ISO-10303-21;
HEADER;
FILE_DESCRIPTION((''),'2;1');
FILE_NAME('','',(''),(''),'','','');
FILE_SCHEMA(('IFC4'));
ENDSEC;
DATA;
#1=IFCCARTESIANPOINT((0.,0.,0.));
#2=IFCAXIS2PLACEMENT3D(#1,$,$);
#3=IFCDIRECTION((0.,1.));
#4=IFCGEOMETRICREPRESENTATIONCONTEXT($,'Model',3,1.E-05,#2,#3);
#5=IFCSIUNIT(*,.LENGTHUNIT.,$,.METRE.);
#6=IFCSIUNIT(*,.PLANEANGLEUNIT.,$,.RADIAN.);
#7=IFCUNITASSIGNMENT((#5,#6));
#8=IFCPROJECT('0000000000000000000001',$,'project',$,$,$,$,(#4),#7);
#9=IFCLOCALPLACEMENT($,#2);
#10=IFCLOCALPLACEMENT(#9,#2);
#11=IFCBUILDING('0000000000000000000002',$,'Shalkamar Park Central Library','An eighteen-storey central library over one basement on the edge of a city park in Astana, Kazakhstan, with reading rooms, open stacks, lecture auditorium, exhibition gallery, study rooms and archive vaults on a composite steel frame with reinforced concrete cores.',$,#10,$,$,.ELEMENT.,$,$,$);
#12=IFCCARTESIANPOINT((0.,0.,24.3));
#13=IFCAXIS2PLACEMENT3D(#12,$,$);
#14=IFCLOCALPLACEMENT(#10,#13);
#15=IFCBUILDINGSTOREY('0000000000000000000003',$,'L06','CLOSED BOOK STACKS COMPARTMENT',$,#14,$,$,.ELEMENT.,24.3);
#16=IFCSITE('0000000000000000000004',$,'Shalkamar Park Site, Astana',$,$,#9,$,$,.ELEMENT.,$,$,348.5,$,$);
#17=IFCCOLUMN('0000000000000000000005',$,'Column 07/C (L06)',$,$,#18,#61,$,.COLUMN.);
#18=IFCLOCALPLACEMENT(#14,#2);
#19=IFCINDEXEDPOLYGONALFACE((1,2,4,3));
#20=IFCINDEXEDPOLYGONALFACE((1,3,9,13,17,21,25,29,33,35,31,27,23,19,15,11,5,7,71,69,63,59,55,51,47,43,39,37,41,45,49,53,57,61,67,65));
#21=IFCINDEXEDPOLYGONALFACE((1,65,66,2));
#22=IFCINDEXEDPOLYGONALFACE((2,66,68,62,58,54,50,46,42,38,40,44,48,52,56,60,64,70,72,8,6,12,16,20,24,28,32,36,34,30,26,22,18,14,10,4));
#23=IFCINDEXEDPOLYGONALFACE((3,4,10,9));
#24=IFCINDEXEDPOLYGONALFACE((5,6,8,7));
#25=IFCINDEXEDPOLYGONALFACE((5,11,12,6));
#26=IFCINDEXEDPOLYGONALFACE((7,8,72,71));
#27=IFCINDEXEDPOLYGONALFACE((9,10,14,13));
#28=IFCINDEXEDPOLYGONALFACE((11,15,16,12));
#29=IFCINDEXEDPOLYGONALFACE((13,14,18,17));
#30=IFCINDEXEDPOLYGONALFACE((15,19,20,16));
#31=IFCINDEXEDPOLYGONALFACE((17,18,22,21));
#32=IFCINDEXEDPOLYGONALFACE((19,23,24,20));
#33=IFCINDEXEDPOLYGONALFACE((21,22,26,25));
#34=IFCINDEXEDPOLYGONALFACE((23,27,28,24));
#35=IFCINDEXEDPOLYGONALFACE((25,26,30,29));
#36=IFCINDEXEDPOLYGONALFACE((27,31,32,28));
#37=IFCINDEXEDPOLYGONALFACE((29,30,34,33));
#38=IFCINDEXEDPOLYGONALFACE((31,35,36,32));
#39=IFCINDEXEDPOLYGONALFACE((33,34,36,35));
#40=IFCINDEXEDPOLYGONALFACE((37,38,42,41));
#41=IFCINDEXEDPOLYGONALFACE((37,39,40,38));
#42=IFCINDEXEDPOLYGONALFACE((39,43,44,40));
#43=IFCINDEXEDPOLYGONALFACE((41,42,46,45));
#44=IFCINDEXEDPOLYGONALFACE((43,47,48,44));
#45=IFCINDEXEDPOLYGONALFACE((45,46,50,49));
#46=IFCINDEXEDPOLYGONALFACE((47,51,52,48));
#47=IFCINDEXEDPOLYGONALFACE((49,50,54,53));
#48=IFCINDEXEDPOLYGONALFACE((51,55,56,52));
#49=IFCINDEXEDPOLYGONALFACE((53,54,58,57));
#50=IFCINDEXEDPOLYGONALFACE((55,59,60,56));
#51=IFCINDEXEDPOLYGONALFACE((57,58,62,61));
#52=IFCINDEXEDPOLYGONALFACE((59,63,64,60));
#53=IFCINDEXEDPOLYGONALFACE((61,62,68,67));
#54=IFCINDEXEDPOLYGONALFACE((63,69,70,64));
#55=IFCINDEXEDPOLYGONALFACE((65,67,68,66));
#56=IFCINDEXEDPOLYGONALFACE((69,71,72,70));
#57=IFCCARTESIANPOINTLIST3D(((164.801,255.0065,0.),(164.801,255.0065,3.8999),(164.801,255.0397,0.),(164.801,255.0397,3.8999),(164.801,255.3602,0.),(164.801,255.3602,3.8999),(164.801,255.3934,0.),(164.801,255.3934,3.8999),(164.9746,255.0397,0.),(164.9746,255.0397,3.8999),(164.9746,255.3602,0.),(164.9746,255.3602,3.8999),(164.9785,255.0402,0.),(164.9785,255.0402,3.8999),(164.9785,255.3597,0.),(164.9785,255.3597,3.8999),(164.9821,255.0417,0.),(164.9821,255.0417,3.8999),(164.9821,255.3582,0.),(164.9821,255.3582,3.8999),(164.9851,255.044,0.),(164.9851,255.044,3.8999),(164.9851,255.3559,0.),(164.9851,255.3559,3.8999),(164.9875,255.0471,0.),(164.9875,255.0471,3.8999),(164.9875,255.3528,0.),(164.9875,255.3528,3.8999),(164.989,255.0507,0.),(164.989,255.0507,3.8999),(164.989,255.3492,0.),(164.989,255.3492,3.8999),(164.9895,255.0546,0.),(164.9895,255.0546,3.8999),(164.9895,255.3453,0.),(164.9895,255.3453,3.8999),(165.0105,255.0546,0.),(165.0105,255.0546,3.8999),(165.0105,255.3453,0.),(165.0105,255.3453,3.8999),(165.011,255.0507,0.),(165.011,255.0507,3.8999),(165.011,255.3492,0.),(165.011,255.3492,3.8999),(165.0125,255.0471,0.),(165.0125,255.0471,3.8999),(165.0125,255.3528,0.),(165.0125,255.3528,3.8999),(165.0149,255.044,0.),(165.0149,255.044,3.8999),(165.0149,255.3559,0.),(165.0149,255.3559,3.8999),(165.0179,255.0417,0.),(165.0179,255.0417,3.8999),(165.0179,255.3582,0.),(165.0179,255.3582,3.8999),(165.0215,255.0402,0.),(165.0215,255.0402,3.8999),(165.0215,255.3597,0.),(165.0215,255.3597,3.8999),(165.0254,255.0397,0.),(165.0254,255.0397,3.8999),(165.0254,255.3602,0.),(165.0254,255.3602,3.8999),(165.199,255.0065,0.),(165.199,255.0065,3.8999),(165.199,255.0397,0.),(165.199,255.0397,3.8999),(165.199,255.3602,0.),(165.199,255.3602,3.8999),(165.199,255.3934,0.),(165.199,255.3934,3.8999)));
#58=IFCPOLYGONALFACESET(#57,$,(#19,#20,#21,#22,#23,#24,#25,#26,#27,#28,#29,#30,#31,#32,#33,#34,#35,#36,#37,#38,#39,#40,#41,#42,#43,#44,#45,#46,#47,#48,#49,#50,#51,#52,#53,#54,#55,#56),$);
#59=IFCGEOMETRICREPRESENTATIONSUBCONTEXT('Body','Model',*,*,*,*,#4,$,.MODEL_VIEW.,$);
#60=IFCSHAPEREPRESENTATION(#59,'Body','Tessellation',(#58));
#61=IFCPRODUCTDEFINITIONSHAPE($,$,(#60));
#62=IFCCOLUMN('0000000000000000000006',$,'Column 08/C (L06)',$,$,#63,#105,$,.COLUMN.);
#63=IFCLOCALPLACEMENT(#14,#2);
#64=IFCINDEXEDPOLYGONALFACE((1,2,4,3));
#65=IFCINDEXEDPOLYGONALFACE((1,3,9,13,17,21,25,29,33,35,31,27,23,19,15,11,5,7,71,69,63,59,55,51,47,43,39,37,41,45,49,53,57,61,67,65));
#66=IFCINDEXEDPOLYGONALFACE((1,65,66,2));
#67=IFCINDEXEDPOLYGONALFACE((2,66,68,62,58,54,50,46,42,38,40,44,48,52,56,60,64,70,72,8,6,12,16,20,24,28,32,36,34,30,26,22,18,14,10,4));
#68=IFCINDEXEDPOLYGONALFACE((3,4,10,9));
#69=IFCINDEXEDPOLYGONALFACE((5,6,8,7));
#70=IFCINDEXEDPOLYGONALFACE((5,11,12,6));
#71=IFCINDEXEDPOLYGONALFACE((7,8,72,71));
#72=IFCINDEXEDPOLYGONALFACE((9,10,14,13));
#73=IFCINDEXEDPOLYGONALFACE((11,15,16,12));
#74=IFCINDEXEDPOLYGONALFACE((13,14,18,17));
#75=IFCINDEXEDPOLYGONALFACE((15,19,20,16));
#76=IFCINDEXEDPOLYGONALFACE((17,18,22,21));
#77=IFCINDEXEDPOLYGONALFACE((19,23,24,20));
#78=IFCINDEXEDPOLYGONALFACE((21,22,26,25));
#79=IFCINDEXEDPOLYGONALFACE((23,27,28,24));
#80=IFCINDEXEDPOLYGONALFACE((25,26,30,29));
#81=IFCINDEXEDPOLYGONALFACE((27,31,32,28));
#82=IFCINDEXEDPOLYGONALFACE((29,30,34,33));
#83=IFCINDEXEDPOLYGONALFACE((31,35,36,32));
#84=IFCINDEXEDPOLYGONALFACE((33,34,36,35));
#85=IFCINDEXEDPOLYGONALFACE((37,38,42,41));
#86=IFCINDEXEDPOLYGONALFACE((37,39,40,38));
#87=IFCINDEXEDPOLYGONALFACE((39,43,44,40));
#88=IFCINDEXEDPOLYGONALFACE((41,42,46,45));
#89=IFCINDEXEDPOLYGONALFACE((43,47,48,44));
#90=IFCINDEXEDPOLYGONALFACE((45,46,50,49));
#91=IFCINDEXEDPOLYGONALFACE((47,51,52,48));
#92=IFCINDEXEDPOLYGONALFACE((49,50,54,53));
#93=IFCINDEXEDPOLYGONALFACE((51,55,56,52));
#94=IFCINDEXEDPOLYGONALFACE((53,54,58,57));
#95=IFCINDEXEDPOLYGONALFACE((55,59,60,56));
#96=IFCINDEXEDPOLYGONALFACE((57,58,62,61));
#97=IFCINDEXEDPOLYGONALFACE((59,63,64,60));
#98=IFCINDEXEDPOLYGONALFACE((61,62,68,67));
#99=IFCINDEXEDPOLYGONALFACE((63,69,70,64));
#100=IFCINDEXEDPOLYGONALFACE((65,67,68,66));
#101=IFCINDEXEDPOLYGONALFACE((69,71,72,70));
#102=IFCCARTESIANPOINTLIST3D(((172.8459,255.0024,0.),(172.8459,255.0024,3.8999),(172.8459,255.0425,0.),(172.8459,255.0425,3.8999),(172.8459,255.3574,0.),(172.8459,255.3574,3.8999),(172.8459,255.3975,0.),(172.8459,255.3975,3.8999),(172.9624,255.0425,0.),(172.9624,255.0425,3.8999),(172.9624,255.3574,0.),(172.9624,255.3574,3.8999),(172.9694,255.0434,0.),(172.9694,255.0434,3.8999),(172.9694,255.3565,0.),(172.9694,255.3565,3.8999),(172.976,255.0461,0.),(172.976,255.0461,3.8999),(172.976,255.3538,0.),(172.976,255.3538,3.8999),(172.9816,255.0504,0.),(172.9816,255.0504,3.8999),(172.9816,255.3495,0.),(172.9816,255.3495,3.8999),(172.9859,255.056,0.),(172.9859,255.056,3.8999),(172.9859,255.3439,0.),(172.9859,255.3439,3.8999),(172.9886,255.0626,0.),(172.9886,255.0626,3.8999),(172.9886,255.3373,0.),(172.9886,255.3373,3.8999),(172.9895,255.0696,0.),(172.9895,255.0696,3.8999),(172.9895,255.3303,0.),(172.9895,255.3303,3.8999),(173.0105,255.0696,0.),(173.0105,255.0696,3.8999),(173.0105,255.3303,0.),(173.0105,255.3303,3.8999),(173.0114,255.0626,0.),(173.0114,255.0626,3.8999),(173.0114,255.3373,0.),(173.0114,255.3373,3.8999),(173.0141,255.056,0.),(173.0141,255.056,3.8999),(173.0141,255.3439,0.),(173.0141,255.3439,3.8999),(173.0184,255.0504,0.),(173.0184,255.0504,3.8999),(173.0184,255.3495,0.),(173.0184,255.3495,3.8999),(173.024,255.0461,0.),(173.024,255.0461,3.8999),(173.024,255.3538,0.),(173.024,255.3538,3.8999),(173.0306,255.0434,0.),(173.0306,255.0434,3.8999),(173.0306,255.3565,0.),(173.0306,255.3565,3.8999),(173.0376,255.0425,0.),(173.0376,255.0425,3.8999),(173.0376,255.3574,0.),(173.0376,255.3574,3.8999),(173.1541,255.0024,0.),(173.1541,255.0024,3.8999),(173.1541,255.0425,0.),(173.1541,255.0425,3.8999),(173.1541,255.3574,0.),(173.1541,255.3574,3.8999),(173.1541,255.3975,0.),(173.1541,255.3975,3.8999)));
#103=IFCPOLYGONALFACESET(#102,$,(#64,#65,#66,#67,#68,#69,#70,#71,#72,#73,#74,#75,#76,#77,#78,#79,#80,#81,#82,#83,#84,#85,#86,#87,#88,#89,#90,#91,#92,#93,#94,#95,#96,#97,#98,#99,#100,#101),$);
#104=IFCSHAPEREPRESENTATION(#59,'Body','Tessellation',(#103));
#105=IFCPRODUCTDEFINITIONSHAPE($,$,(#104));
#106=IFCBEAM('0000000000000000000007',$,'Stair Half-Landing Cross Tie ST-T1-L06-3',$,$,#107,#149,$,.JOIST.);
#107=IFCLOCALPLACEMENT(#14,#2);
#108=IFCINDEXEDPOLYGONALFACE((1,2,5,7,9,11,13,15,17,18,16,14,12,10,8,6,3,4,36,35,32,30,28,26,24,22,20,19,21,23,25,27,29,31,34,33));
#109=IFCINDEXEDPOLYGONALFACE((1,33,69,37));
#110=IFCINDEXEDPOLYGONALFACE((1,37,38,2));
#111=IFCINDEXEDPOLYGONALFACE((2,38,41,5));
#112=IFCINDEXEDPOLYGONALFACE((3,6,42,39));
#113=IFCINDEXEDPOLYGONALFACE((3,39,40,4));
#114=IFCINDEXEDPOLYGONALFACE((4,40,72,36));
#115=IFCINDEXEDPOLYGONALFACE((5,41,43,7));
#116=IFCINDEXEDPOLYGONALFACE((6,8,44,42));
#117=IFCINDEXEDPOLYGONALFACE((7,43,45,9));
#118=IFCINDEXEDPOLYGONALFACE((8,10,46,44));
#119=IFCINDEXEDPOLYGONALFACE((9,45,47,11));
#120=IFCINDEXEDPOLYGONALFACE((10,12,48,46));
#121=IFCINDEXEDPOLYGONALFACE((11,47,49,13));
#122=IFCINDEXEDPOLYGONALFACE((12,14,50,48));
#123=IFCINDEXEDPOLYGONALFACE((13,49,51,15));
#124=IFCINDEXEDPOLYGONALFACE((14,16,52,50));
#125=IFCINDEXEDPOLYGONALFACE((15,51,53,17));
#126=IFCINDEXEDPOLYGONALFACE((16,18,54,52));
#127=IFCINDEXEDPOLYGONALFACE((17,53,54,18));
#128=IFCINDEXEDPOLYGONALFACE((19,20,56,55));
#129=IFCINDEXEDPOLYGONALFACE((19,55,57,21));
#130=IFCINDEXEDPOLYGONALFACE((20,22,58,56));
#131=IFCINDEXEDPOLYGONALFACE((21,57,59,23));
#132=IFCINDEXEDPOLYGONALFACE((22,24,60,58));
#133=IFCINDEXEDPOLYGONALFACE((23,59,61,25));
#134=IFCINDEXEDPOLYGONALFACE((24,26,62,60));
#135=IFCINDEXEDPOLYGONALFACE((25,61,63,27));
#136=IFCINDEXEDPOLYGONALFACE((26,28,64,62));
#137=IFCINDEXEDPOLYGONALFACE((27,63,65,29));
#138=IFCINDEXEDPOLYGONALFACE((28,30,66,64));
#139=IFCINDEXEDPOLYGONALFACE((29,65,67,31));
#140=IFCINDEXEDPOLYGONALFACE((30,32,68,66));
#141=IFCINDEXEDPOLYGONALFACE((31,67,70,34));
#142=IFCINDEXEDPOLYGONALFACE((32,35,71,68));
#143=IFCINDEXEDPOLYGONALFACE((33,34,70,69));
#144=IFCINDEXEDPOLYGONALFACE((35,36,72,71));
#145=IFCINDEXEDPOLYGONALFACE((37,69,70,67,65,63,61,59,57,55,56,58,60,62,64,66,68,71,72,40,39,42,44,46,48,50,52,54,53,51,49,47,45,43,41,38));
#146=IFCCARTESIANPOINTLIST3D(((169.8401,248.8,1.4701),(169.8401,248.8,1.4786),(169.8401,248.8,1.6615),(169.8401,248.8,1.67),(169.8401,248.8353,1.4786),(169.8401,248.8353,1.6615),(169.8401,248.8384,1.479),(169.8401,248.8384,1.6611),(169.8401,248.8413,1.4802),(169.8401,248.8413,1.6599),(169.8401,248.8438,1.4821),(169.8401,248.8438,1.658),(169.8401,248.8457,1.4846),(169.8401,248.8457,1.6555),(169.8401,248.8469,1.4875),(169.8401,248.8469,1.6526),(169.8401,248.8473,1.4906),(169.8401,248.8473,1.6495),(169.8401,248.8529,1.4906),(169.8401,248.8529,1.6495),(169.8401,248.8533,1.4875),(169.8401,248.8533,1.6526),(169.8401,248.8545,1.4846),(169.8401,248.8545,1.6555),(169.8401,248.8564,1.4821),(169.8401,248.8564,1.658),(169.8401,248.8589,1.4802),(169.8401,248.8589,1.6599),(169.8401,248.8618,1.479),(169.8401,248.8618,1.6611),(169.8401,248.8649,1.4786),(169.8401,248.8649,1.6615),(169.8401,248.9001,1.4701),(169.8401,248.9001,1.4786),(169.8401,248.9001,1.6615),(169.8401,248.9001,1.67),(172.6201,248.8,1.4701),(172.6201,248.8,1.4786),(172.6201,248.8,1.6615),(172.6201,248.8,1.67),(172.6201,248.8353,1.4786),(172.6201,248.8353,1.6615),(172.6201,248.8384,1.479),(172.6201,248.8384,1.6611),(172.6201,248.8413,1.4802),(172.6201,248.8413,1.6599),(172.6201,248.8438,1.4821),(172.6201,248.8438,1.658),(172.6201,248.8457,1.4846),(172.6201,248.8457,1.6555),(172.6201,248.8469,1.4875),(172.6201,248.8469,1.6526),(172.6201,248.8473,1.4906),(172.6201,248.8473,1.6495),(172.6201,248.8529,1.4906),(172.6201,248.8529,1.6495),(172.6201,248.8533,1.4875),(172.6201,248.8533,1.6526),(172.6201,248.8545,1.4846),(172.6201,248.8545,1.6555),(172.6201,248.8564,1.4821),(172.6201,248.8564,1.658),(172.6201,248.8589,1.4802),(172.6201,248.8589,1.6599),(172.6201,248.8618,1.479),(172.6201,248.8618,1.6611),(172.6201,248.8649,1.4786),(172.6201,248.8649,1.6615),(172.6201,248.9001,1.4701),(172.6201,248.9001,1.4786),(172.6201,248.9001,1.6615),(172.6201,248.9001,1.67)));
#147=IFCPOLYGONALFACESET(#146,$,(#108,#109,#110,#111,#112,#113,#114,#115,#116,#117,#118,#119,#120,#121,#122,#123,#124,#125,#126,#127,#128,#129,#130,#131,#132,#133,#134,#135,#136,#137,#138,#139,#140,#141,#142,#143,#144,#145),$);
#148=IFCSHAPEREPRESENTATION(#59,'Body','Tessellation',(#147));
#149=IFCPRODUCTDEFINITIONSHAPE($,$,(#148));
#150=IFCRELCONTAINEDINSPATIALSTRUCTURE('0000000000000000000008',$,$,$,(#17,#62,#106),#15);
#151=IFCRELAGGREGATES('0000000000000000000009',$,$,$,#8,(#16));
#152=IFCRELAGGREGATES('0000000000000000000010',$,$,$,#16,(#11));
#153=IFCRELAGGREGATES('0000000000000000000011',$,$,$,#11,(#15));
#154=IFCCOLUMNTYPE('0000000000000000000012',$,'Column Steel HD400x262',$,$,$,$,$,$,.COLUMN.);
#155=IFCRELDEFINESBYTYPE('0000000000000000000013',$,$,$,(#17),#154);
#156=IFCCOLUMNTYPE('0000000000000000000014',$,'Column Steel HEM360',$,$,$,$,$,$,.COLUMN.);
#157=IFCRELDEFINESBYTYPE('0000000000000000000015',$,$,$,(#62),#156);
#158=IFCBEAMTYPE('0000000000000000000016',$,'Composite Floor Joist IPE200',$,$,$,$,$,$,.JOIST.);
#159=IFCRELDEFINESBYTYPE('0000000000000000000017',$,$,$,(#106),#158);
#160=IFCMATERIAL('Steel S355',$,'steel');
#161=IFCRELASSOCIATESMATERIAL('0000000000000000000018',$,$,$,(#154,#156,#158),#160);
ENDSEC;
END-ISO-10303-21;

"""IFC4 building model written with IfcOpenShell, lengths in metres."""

from ifc_helpers import new_model, si_unit, direction, frame, origin, origin_2d, place, context, subcontext, project, spatial, i_section, extrude, material, material_profile, profile_set, type_object, element, save


model = new_model("IFC4")

# Units and contexts
model_context = context("Model", 3, precision=1e-05, world=origin(), true_north=direction((0.0, 1.0)))
body_context = subcontext(model_context, "Body", "Model", "MODEL_VIEW")
ifc_project = project(units=[si_unit("LENGTHUNIT", "METRE"), si_unit("PLANEANGLEUNIT", "RADIAN")], contexts=[model_context])

# Site, building, storey
site_placement = place(None, origin())
site = spatial("IfcSite", under=ifc_project, at=site_placement, Name="Shalkamar Park Site, Astana", CompositionType="ELEMENT", RefElevation=348.5)
building_placement = place(site_placement, origin())
building = spatial("IfcBuilding", under=site, at=building_placement, Name="Shalkamar Park Central Library", Description="An eighteen-storey central library over one basement on the edge of a city park in Astana, Kazakhstan, with reading rooms, open stacks, lecture auditorium, exhibition gallery, study rooms and archive vaults on a composite steel frame with reinforced concrete cores.", CompositionType="ELEMENT")
storey_placement = place(building_placement, frame((0.0, 0.0, 24.3)))
storey = spatial("IfcBuildingStorey", under=building, at=storey_placement, Name="L06", Description="CLOSED BOOK STACKS COMPARTMENT", CompositionType="ELEMENT", Elevation=24.3)

# Columns
ifc_material_1 = material(Name="Steel S355", Category="steel")
ifc_material_profile_1 = material_profile(ifc_material_1, i_section(OverallWidth=0.3979, OverallDepth=0.387, WebThickness=0.021, FlangeThickness=0.0332, FilletRadius=0.0149, at=origin_2d()), Name="HD 400x262")
ifc_profile_set_1 = profile_set([ifc_material_profile_1], Name="Steel S355")
column_type_1 = type_object("IfcColumnType", Name="Column Steel HD400x262", PredefinedType="COLUMN", material=ifc_profile_set_1)
column_1_placement = place(storey_placement, frame((165.0, 255.2, 0.0), z_axis=(0.0, 0.0, 1.0), x_axis=(1.0, 0.0, 0.0)))
element("IfcColumn", 1, at=column_1_placement, inside=storey, type_object=column_type_1, Name="Column 07/C (L06)", PredefinedType="COLUMN", context=body_context, shape_type="SweptSolid", body=[
    extrude(i_section(OverallWidth=0.3979, OverallDepth=0.387, WebThickness=0.021, FlangeThickness=0.0332, FilletRadius=0.0149, at=origin_2d()), origin(), (0.0, 0.0, 1.0), 3.8999),
])
ifc_material_profile_2 = material_profile(ifc_material_1, i_section(OverallWidth=0.3081, OverallDepth=0.395, WebThickness=0.021, FlangeThickness=0.04, FilletRadius=0.0271, at=origin_2d()), Name="HEM 360")
ifc_profile_set_2 = profile_set([ifc_material_profile_2], Name="Steel S355")
column_type_2 = type_object("IfcColumnType", Name="Column Steel HEM360", PredefinedType="COLUMN", material=ifc_profile_set_2)
column_2_placement = place(storey_placement, frame((173.0, 255.2, 0.0), z_axis=(0.0, 0.0, 1.0), x_axis=(1.0, 0.0, 0.0)))
element("IfcColumn", 2, at=column_2_placement, inside=storey, type_object=column_type_2, Name="Column 08/C (L06)", PredefinedType="COLUMN", context=body_context, shape_type="SweptSolid", body=[
    extrude(i_section(OverallWidth=0.3081, OverallDepth=0.395, WebThickness=0.021, FlangeThickness=0.04, FilletRadius=0.0271, at=origin_2d()), origin(), (0.0, 0.0, 1.0), 3.8999),
])

# Beam
ifc_material_profile_3 = material_profile(ifc_material_1, i_section(OverallWidth=0.1001, OverallDepth=0.2, WebThickness=0.0056, FlangeThickness=0.0085, FilletRadius=0.012, at=origin_2d()), Name="IPE 200")
ifc_profile_set_3 = profile_set([ifc_material_profile_3], Name="Steel S355")
beam_type_1 = type_object("IfcBeamType", Name="Composite Floor Joist IPE200", PredefinedType="JOIST", material=ifc_profile_set_3)
beam_1_placement = place(storey_placement, frame((169.8401, 248.8501, 1.5701), z_axis=(1.0, 0.0, 0.0), x_axis=(0.0, 1.0, 0.0)))
element("IfcBeam", 3, at=beam_1_placement, inside=storey, type_object=beam_type_1, Name="Stair Half-Landing Cross Tie ST-T1-L06-3", PredefinedType="JOIST", context=body_context, shape_type="SweptSolid", body=[
    extrude(i_section(OverallWidth=0.1001, OverallDepth=0.2, WebThickness=0.0056, FlangeThickness=0.0085, FilletRadius=0.012, at=origin_2d()), origin(), (0.0, 0.0, 1.0), 2.78),
])

save(model, "model.ifc")
